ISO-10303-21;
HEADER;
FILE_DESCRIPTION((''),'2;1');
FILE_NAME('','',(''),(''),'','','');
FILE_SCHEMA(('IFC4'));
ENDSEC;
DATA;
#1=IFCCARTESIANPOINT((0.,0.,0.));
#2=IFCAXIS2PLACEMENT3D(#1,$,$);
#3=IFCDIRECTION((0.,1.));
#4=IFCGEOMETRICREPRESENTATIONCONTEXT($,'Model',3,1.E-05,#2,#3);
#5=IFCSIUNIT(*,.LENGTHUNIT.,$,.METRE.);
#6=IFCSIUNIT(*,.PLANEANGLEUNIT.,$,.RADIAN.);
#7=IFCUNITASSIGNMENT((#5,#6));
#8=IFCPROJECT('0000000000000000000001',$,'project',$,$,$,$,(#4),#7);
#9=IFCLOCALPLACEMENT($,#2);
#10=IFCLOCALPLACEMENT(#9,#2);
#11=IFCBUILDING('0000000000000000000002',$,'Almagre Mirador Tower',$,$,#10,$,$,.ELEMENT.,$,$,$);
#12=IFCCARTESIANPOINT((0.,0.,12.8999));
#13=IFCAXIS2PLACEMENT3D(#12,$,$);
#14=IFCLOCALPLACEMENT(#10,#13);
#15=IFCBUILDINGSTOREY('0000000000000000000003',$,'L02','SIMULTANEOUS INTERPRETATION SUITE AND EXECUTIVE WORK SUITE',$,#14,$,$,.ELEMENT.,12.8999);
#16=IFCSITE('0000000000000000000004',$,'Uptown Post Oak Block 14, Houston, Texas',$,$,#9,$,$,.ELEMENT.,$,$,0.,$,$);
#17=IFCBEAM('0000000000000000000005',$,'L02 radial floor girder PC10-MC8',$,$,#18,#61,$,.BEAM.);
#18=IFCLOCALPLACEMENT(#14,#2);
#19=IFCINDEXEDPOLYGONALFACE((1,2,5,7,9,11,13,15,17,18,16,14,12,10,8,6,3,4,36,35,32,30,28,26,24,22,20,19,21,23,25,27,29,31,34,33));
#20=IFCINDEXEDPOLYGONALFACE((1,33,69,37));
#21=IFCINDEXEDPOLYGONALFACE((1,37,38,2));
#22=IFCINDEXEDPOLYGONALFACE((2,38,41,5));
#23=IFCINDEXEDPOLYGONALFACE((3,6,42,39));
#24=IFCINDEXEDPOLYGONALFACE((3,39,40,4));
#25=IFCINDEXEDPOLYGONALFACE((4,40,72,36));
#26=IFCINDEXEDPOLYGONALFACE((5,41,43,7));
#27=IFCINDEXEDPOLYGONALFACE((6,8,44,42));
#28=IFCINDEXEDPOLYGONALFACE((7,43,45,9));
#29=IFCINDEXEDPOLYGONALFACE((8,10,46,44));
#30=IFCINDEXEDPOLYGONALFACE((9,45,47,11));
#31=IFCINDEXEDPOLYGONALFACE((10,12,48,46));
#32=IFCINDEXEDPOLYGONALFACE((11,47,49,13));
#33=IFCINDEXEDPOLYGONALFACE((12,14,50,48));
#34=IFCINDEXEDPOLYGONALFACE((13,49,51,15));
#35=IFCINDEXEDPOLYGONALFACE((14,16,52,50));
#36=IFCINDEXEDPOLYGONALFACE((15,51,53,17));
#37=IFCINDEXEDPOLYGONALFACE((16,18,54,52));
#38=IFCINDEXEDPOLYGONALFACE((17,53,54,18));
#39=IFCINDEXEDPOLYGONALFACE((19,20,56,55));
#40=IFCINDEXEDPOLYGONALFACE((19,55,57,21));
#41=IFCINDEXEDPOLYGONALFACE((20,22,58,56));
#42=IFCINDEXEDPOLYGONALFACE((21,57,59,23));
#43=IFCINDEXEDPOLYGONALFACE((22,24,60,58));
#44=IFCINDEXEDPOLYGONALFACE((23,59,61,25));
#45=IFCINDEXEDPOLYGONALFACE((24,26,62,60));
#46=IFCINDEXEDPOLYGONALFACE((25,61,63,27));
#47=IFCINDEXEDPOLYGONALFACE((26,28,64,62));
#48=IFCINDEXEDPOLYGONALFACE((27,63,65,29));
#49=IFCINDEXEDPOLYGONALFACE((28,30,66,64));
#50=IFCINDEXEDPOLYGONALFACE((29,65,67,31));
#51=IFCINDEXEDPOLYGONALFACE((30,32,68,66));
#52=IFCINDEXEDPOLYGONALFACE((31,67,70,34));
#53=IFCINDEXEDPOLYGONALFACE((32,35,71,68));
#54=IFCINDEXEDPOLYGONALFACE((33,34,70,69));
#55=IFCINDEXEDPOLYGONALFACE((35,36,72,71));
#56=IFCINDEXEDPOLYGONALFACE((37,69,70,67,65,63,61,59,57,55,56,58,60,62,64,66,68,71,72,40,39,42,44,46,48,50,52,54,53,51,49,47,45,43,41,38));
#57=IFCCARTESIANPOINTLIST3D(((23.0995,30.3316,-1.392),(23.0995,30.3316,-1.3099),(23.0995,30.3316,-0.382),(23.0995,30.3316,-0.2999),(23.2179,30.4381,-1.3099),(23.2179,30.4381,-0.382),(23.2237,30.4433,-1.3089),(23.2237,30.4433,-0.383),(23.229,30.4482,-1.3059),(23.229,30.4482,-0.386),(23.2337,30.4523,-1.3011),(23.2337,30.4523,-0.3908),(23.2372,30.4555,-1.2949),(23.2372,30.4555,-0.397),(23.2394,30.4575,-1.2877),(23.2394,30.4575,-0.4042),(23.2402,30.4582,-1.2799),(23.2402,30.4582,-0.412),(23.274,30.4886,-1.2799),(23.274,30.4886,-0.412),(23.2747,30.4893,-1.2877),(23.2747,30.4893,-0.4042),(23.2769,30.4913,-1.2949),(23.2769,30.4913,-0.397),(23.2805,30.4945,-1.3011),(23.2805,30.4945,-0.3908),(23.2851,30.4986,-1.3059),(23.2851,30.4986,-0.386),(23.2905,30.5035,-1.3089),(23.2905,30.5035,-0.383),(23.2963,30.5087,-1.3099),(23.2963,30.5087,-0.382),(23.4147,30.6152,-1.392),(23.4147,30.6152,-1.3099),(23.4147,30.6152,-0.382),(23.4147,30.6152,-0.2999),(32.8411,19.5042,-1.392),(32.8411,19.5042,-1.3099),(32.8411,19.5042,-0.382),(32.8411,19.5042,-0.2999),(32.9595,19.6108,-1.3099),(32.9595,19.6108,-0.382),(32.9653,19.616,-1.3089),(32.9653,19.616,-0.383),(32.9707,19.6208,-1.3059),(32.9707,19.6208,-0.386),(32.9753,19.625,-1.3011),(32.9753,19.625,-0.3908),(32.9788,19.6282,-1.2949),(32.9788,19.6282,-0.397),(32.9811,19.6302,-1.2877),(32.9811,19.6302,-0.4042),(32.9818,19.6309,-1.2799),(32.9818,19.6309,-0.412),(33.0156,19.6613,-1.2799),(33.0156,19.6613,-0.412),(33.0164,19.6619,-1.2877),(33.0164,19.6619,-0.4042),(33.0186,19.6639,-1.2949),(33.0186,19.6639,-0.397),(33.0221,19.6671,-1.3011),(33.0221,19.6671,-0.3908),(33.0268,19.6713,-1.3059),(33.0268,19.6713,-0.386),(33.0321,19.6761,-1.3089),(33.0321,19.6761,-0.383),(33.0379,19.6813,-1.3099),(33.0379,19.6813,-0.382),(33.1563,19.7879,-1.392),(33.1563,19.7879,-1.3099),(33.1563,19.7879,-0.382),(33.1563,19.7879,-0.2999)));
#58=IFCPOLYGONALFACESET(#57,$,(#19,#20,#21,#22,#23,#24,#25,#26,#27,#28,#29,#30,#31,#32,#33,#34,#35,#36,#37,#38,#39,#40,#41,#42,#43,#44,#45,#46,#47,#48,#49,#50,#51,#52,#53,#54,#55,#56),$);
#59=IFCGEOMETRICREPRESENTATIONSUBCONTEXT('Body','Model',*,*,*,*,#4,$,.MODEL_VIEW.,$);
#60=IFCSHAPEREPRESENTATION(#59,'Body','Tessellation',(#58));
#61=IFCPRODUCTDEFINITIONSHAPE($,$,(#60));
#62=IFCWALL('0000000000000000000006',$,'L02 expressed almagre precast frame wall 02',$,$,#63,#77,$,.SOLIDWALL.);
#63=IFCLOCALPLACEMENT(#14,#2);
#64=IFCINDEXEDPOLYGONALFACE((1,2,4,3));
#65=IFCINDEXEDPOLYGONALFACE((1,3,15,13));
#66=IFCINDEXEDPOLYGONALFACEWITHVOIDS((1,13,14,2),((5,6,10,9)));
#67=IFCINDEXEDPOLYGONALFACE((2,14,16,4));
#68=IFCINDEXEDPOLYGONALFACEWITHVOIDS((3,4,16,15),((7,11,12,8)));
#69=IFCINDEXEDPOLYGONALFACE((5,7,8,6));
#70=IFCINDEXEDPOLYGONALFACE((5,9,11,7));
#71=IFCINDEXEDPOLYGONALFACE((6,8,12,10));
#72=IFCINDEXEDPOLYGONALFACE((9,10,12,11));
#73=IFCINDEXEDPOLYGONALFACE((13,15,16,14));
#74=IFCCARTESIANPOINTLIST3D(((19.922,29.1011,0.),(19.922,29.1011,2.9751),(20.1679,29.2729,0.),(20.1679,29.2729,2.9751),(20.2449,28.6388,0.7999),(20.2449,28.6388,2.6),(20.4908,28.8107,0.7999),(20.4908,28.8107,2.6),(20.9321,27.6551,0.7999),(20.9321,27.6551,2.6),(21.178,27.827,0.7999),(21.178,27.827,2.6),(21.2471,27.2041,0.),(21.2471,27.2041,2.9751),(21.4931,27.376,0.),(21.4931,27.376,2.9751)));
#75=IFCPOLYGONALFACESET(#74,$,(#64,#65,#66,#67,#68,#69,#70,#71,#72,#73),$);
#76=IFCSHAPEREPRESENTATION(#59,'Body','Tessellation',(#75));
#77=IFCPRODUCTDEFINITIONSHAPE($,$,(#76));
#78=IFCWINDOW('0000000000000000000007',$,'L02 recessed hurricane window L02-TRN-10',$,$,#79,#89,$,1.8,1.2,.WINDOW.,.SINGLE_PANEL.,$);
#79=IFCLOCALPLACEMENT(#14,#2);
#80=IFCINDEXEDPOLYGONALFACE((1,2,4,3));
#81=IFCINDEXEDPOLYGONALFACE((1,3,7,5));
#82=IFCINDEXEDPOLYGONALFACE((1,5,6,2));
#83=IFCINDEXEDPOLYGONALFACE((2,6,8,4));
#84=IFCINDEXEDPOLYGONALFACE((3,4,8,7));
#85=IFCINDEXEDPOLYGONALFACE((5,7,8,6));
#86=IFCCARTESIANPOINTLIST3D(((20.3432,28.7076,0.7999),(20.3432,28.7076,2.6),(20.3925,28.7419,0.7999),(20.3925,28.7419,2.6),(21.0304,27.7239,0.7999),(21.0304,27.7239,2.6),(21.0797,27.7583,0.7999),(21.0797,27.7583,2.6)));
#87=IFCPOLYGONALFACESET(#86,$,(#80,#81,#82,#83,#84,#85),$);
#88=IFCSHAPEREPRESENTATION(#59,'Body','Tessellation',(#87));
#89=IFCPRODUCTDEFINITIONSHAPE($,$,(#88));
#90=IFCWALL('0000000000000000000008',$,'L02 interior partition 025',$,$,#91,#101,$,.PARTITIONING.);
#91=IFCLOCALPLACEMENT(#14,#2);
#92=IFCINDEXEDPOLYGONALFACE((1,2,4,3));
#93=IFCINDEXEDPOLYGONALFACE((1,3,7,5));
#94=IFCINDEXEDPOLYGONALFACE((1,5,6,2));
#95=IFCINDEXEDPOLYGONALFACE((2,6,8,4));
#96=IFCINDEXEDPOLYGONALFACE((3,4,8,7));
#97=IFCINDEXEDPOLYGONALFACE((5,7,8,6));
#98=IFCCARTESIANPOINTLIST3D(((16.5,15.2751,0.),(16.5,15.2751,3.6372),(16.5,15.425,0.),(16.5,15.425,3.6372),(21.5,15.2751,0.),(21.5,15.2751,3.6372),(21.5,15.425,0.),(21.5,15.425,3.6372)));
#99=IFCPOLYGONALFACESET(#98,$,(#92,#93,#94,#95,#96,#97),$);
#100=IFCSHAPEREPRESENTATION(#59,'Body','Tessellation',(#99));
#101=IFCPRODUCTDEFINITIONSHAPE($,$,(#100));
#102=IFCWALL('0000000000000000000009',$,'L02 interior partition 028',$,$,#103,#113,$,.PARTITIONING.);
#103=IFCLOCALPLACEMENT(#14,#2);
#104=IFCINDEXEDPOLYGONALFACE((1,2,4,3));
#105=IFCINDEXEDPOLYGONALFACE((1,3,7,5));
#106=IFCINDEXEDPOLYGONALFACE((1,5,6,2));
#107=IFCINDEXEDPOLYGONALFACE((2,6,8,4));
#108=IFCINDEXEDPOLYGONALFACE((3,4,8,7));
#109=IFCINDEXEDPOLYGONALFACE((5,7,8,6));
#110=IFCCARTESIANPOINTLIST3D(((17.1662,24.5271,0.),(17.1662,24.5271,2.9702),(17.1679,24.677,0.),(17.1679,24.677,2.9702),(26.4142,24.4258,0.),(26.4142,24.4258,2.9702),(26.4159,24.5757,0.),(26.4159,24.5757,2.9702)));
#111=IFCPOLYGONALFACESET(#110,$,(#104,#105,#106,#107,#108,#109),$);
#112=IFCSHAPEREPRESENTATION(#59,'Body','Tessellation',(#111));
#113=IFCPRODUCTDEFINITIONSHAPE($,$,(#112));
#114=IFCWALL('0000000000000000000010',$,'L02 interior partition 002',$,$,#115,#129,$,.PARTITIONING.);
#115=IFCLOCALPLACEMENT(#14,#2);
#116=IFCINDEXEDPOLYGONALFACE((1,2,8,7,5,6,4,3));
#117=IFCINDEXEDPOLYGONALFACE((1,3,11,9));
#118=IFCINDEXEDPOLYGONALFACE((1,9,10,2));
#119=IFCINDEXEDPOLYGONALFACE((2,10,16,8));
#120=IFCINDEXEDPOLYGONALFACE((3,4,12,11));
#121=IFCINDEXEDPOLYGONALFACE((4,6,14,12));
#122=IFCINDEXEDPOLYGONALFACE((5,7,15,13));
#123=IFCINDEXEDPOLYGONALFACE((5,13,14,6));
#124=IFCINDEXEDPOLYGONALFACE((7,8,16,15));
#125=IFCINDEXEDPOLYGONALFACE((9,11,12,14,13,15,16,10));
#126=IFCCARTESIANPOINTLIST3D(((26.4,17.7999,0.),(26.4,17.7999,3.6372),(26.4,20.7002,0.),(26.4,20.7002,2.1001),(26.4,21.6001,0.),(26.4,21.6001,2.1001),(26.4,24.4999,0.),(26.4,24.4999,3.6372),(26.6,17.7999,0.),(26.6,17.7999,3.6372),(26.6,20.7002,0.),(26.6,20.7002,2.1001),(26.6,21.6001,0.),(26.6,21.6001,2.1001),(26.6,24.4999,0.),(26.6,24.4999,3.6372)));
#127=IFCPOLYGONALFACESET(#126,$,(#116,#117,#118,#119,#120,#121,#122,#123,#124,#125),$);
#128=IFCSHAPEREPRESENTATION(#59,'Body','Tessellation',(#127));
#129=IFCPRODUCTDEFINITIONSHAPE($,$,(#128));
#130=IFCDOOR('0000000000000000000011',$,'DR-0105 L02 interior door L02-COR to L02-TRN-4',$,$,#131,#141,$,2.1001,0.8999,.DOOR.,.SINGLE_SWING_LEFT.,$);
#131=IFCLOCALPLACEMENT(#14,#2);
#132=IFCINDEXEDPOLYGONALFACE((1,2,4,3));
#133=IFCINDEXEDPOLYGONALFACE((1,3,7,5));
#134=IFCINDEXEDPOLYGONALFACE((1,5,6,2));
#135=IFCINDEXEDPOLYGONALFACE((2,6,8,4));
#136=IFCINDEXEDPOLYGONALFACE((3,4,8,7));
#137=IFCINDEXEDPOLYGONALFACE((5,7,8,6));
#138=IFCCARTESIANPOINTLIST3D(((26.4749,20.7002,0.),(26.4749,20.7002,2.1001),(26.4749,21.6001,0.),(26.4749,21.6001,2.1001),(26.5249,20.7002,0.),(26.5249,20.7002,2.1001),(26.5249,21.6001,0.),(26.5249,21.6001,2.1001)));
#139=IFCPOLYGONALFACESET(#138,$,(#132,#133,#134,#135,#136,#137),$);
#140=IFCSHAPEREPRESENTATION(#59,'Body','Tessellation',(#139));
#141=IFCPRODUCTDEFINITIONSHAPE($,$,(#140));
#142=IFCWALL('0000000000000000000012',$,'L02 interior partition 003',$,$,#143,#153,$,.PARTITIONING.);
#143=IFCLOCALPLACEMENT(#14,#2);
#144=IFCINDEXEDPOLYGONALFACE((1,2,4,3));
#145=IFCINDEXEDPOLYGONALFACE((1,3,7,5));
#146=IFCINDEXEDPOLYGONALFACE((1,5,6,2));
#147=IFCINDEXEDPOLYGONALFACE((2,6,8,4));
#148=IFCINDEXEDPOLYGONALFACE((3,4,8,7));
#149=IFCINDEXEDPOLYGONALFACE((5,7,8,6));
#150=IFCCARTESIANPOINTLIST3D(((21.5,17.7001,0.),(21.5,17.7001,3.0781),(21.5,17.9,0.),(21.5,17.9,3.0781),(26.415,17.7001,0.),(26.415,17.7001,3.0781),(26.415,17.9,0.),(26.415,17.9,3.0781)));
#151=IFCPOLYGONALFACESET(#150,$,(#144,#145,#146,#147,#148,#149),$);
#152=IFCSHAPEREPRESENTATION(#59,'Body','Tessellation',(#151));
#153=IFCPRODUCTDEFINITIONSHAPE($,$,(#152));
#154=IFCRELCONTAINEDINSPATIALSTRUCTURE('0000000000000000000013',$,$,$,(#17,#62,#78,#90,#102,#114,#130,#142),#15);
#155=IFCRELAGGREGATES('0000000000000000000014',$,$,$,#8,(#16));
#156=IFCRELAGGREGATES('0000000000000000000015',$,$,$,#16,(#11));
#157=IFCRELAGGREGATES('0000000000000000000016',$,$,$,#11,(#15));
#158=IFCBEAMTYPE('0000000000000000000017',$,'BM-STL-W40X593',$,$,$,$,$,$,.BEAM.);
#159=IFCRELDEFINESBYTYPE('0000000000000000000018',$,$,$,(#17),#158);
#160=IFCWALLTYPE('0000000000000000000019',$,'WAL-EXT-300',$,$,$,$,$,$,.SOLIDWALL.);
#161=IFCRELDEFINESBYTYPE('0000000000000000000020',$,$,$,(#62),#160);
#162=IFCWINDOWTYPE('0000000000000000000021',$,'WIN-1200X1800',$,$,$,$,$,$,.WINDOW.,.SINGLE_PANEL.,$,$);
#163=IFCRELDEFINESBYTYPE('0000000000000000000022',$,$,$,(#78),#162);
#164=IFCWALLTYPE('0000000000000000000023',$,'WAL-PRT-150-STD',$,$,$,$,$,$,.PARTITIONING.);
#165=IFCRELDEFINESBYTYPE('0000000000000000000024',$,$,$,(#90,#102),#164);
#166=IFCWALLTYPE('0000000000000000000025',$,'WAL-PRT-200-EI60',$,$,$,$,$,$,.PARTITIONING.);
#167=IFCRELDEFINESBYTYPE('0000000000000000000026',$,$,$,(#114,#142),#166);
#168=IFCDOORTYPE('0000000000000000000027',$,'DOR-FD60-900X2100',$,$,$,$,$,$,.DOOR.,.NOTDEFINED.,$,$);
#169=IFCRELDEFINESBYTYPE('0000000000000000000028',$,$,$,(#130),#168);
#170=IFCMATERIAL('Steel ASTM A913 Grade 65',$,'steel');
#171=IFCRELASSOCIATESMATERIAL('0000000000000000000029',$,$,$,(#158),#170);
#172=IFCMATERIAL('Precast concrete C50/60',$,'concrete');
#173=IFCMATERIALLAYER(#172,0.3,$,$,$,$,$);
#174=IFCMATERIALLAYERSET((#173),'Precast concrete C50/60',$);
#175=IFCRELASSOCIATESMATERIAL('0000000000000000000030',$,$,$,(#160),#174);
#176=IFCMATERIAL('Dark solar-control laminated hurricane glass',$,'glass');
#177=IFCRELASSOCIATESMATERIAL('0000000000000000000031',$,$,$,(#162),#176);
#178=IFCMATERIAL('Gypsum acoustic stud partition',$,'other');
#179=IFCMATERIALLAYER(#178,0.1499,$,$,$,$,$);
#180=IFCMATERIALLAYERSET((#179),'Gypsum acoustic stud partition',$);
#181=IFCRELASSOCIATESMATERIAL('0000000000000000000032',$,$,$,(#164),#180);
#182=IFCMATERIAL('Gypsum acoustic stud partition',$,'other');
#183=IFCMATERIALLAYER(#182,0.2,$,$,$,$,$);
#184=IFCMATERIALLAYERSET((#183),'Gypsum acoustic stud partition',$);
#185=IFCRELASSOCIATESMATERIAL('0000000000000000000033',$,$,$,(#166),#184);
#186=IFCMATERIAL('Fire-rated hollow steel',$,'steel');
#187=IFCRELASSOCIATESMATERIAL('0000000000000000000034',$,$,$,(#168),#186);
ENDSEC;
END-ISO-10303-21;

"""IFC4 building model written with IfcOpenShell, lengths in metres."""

from ifc_helpers import new_model, si_unit, direction, frame, frame_2d, origin, origin_2d, place, context, subcontext, project, spatial, rectangle, i_section, extrude, material, layer, layer_set, material_profile, profile_set, type_object, element, fill, save


model = new_model("IFC4")

# Units and contexts
model_context = context("Model", 3, precision=1e-05, world=origin(), true_north=direction((0.0, 1.0)))
body_context = subcontext(model_context, "Body", "Model", "MODEL_VIEW")
ifc_project = project(units=[si_unit("LENGTHUNIT", "METRE"), si_unit("PLANEANGLEUNIT", "RADIAN")], contexts=[model_context])

# Site, building, storey
site_placement = place(None, origin())
site = spatial("IfcSite", under=ifc_project, at=site_placement, Name="Uptown Post Oak Block 14, Houston, Texas", CompositionType="ELEMENT", RefElevation=0.0)
building_placement = place(site_placement, origin())
building = spatial("IfcBuilding", under=site, at=building_placement, Name="Almagre Mirador Tower", CompositionType="ELEMENT")
storey_placement = place(building_placement, frame((0.0, 0.0, 12.8999)))
storey = spatial("IfcBuildingStorey", under=building, at=storey_placement, Name="L02", Description="SIMULTANEOUS INTERPRETATION SUITE AND EXECUTIVE WORK SUITE", CompositionType="ELEMENT", Elevation=12.8999)

# Beam
ifc_material_1 = material(Name="Steel ASTM A913 Grade 65", Category="steel")
ifc_material_profile_1 = material_profile(ifc_material_1, i_section(OverallWidth=0.4241, OverallDepth=1.092, WebThickness=0.0454, FlangeThickness=0.082, FilletRadius=0.03, at=origin_2d()), Name="W40X593")
ifc_profile_set_1 = profile_set([ifc_material_profile_1], Name="Steel ASTM A913 Grade 65")
beam_type_1 = type_object("IfcBeamType", Name="BM-STL-W40X593", PredefinedType="BEAM", material=ifc_profile_set_1)
beam_1_placement = place(storey_placement, frame((23.2571, 30.4734, -0.8459), z_axis=(0.668853, -0.743395, 0.0), x_axis=(0.743395, 0.668853, 0.0)))
element("IfcBeam", 1, at=beam_1_placement, inside=storey, type_object=beam_type_1, Name="L02 radial floor girder PC10-MC8", PredefinedType="BEAM", context=body_context, shape_type="SweptSolid", body=[
    extrude(i_section(OverallWidth=0.4241, OverallDepth=1.092, WebThickness=0.0454, FlangeThickness=0.082, FilletRadius=0.03, at=origin_2d()), origin(), (0.0, 0.0, 1.0), 14.5647),
])

# Wall, opening, window
ifc_material_2 = material(Name="Precast concrete C50/60", Category="concrete")
ifc_layer_1 = layer(ifc_material_2, 0.3)
ifc_layer_set_1 = layer_set([ifc_layer_1], Name="Precast concrete C50/60")
wall_type_1 = type_object("IfcWallType", Name="WAL-EXT-300", PredefinedType="SOLIDWALL", material=ifc_layer_set_1)
wall_1_placement = place(storey_placement, frame((21.3701, 27.29, 0.0), z_axis=(0.0, 0.0, 1.0), x_axis=(-0.572683, 0.819777, 0.0)))
wall_1 = element("IfcWall", 2, at=wall_1_placement, inside=storey, type_object=wall_type_1, Name="L02 expressed almagre precast frame wall 02", PredefinedType="SOLIDWALL", context=body_context, shape_type="SweptSolid", body=[
    extrude(rectangle(XDim=2.314, YDim=0.3, at=frame_2d((1.157, 0.0))), origin(), (0.0, 0.0, 1.0), 2.9751),
])
opening_1_placement = place(wall_1_placement, frame((0.55, 0.0, 0.8)))
opening_1 = element("IfcOpeningElement", 3, at=opening_1_placement, cuts=wall_1, PredefinedType="OPENING", context=body_context, shape_type="SweptSolid", body=[
    extrude(rectangle(XDim=1.2, YDim=1.8, at=frame_2d((0.6001, 0.8999))), frame((0.0, 0.1599, 0.0), z_axis=(0.0, -1.0, 0.0), x_axis=(1.0, 0.0, 0.0)), (0.0, 0.0, 1.0), 0.32),
])
ifc_material_3 = material(Name="Dark solar-control laminated hurricane glass", Category="glass")
window_type = type_object("IfcWindowType", Name="WIN-1200X1800", PartitioningType="SINGLE_PANEL", PredefinedType="WINDOW", material=ifc_material_3)
window_placement = place(opening_1_placement, origin())
window = element("IfcWindow", 4, at=window_placement, inside=storey, type_object=window_type, Name="L02 recessed hurricane window L02-TRN-10", OverallHeight=1.8, OverallWidth=1.2, PartitioningType="SINGLE_PANEL", PredefinedType="WINDOW", context=body_context, shape_type="SweptSolid", body=[
    extrude(rectangle(XDim=1.2, YDim=1.8, at=frame_2d((0.6001, 0.8999))), frame((0.0, 0.03, 0.0), z_axis=(0.0, -1.0, 0.0), x_axis=(1.0, 0.0, 0.0)), (0.0, 0.0, 1.0), 0.0601),
])
fill(opening_1, window)

# Walls
ifc_material_4 = material(Name="Gypsum acoustic stud partition", Category="other")
ifc_layer_2 = layer(ifc_material_4, 0.1499)
ifc_layer_set_2 = layer_set([ifc_layer_2], Name="Gypsum acoustic stud partition")
wall_type_2 = type_object("IfcWallType", Name="WAL-PRT-150-STD", PredefinedType="PARTITIONING", material=ifc_layer_set_2)
wall_2_placement = place(storey_placement, frame((21.5, 15.3501, 0.0), z_axis=(0.0, 0.0, 1.0), x_axis=(-1.0, 0.0, 0.0)))
element("IfcWall", 5, at=wall_2_placement, inside=storey, type_object=wall_type_2, Name="L02 interior partition 025", PredefinedType="PARTITIONING", context=body_context, shape_type="SweptSolid", body=[
    extrude(rectangle(XDim=5.0, YDim=0.1499, at=frame_2d((2.5, 0.0))), origin(), (0.0, 0.0, 1.0), 3.6372),
])
wall_3_placement = place(storey_placement, frame((26.415, 24.5007, 0.0), z_axis=(0.0, 0.0, 1.0), x_axis=(-0.99994, 0.010955, 0.0)))
element("IfcWall", 6, at=wall_3_placement, inside=storey, type_object=wall_type_2, Name="L02 interior partition 028", PredefinedType="PARTITIONING", context=body_context, shape_type="SweptSolid", body=[
    extrude(rectangle(XDim=9.2485, YDim=0.1499, at=frame_2d((4.6243, 0.0))), origin(), (0.0, 0.0, 1.0), 2.9702),
])

# Wall, opening, door
ifc_material_5 = material(Name="Gypsum acoustic stud partition", Category="other")
ifc_layer_3 = layer(ifc_material_5, 0.2)
ifc_layer_set_3 = layer_set([ifc_layer_3], Name="Gypsum acoustic stud partition")
wall_type_3 = type_object("IfcWallType", Name="WAL-PRT-200-EI60", PredefinedType="PARTITIONING", material=ifc_layer_set_3)
wall_4_placement = place(storey_placement, frame((26.5, 24.5, 0.0), z_axis=(0.0, 0.0, 1.0), x_axis=(0.0, -1.0, 0.0)))
wall_4 = element("IfcWall", 7, at=wall_4_placement, inside=storey, type_object=wall_type_3, Name="L02 interior partition 002", PredefinedType="PARTITIONING", context=body_context, shape_type="SweptSolid", body=[
    extrude(rectangle(XDim=6.7, YDim=0.2, at=frame_2d((3.3501, 0.0))), origin(), (0.0, 0.0, 1.0), 3.6372),
])
opening_2_placement = place(wall_4_placement, frame((2.8999, 0.0, 0.0)))
opening_2 = element("IfcOpeningElement", 8, at=opening_2_placement, cuts=wall_4, PredefinedType="OPENING", context=body_context, shape_type="SweptSolid", body=[
    extrude(rectangle(XDim=0.8999, YDim=2.1001, at=frame_2d((0.45, 1.05))), frame((0.0, 0.1101, 0.0), z_axis=(0.0, -1.0, 0.0), x_axis=(1.0, 0.0, 0.0)), (0.0, 0.0, 1.0), 0.22),
])
ifc_material_6 = material(Name="Fire-rated hollow steel", Category="steel")
door_type = type_object("IfcDoorType", Name="DOR-FD60-900X2100", OperationType="NOTDEFINED", PredefinedType="DOOR", material=ifc_material_6)
door_1_placement = place(opening_2_placement, origin())
door_1 = element("IfcDoor", 9, at=door_1_placement, inside=storey, type_object=door_type, Name="DR-0105 L02 interior door L02-COR to L02-TRN-4", OperationType="SINGLE_SWING_LEFT", OverallHeight=2.1001, OverallWidth=0.8999, PredefinedType="DOOR", context=body_context, shape_type="SweptSolid", body=[
    extrude(rectangle(XDim=0.8999, YDim=2.1001, at=frame_2d((0.45, 1.05))), frame((0.0, 0.0249, 0.0), z_axis=(0.0, -1.0, 0.0), x_axis=(1.0, 0.0, 0.0)), (0.0, 0.0, 1.0), 0.05),
])
fill(opening_2, door_1)

# Wall
wall_5_placement = place(storey_placement, frame((26.415, 17.8, 0.0), z_axis=(0.0, 0.0, 1.0), x_axis=(-1.0, 0.0, 0.0)))
element("IfcWall", 10, at=wall_5_placement, inside=storey, type_object=wall_type_3, Name="L02 interior partition 003", PredefinedType="PARTITIONING", context=body_context, shape_type="SweptSolid", body=[
    extrude(rectangle(XDim=4.915, YDim=0.2, at=frame_2d((2.4575, 0.0))), origin(), (0.0, 0.0, 1.0), 3.0781),
])

save(model, "model.ifc")
